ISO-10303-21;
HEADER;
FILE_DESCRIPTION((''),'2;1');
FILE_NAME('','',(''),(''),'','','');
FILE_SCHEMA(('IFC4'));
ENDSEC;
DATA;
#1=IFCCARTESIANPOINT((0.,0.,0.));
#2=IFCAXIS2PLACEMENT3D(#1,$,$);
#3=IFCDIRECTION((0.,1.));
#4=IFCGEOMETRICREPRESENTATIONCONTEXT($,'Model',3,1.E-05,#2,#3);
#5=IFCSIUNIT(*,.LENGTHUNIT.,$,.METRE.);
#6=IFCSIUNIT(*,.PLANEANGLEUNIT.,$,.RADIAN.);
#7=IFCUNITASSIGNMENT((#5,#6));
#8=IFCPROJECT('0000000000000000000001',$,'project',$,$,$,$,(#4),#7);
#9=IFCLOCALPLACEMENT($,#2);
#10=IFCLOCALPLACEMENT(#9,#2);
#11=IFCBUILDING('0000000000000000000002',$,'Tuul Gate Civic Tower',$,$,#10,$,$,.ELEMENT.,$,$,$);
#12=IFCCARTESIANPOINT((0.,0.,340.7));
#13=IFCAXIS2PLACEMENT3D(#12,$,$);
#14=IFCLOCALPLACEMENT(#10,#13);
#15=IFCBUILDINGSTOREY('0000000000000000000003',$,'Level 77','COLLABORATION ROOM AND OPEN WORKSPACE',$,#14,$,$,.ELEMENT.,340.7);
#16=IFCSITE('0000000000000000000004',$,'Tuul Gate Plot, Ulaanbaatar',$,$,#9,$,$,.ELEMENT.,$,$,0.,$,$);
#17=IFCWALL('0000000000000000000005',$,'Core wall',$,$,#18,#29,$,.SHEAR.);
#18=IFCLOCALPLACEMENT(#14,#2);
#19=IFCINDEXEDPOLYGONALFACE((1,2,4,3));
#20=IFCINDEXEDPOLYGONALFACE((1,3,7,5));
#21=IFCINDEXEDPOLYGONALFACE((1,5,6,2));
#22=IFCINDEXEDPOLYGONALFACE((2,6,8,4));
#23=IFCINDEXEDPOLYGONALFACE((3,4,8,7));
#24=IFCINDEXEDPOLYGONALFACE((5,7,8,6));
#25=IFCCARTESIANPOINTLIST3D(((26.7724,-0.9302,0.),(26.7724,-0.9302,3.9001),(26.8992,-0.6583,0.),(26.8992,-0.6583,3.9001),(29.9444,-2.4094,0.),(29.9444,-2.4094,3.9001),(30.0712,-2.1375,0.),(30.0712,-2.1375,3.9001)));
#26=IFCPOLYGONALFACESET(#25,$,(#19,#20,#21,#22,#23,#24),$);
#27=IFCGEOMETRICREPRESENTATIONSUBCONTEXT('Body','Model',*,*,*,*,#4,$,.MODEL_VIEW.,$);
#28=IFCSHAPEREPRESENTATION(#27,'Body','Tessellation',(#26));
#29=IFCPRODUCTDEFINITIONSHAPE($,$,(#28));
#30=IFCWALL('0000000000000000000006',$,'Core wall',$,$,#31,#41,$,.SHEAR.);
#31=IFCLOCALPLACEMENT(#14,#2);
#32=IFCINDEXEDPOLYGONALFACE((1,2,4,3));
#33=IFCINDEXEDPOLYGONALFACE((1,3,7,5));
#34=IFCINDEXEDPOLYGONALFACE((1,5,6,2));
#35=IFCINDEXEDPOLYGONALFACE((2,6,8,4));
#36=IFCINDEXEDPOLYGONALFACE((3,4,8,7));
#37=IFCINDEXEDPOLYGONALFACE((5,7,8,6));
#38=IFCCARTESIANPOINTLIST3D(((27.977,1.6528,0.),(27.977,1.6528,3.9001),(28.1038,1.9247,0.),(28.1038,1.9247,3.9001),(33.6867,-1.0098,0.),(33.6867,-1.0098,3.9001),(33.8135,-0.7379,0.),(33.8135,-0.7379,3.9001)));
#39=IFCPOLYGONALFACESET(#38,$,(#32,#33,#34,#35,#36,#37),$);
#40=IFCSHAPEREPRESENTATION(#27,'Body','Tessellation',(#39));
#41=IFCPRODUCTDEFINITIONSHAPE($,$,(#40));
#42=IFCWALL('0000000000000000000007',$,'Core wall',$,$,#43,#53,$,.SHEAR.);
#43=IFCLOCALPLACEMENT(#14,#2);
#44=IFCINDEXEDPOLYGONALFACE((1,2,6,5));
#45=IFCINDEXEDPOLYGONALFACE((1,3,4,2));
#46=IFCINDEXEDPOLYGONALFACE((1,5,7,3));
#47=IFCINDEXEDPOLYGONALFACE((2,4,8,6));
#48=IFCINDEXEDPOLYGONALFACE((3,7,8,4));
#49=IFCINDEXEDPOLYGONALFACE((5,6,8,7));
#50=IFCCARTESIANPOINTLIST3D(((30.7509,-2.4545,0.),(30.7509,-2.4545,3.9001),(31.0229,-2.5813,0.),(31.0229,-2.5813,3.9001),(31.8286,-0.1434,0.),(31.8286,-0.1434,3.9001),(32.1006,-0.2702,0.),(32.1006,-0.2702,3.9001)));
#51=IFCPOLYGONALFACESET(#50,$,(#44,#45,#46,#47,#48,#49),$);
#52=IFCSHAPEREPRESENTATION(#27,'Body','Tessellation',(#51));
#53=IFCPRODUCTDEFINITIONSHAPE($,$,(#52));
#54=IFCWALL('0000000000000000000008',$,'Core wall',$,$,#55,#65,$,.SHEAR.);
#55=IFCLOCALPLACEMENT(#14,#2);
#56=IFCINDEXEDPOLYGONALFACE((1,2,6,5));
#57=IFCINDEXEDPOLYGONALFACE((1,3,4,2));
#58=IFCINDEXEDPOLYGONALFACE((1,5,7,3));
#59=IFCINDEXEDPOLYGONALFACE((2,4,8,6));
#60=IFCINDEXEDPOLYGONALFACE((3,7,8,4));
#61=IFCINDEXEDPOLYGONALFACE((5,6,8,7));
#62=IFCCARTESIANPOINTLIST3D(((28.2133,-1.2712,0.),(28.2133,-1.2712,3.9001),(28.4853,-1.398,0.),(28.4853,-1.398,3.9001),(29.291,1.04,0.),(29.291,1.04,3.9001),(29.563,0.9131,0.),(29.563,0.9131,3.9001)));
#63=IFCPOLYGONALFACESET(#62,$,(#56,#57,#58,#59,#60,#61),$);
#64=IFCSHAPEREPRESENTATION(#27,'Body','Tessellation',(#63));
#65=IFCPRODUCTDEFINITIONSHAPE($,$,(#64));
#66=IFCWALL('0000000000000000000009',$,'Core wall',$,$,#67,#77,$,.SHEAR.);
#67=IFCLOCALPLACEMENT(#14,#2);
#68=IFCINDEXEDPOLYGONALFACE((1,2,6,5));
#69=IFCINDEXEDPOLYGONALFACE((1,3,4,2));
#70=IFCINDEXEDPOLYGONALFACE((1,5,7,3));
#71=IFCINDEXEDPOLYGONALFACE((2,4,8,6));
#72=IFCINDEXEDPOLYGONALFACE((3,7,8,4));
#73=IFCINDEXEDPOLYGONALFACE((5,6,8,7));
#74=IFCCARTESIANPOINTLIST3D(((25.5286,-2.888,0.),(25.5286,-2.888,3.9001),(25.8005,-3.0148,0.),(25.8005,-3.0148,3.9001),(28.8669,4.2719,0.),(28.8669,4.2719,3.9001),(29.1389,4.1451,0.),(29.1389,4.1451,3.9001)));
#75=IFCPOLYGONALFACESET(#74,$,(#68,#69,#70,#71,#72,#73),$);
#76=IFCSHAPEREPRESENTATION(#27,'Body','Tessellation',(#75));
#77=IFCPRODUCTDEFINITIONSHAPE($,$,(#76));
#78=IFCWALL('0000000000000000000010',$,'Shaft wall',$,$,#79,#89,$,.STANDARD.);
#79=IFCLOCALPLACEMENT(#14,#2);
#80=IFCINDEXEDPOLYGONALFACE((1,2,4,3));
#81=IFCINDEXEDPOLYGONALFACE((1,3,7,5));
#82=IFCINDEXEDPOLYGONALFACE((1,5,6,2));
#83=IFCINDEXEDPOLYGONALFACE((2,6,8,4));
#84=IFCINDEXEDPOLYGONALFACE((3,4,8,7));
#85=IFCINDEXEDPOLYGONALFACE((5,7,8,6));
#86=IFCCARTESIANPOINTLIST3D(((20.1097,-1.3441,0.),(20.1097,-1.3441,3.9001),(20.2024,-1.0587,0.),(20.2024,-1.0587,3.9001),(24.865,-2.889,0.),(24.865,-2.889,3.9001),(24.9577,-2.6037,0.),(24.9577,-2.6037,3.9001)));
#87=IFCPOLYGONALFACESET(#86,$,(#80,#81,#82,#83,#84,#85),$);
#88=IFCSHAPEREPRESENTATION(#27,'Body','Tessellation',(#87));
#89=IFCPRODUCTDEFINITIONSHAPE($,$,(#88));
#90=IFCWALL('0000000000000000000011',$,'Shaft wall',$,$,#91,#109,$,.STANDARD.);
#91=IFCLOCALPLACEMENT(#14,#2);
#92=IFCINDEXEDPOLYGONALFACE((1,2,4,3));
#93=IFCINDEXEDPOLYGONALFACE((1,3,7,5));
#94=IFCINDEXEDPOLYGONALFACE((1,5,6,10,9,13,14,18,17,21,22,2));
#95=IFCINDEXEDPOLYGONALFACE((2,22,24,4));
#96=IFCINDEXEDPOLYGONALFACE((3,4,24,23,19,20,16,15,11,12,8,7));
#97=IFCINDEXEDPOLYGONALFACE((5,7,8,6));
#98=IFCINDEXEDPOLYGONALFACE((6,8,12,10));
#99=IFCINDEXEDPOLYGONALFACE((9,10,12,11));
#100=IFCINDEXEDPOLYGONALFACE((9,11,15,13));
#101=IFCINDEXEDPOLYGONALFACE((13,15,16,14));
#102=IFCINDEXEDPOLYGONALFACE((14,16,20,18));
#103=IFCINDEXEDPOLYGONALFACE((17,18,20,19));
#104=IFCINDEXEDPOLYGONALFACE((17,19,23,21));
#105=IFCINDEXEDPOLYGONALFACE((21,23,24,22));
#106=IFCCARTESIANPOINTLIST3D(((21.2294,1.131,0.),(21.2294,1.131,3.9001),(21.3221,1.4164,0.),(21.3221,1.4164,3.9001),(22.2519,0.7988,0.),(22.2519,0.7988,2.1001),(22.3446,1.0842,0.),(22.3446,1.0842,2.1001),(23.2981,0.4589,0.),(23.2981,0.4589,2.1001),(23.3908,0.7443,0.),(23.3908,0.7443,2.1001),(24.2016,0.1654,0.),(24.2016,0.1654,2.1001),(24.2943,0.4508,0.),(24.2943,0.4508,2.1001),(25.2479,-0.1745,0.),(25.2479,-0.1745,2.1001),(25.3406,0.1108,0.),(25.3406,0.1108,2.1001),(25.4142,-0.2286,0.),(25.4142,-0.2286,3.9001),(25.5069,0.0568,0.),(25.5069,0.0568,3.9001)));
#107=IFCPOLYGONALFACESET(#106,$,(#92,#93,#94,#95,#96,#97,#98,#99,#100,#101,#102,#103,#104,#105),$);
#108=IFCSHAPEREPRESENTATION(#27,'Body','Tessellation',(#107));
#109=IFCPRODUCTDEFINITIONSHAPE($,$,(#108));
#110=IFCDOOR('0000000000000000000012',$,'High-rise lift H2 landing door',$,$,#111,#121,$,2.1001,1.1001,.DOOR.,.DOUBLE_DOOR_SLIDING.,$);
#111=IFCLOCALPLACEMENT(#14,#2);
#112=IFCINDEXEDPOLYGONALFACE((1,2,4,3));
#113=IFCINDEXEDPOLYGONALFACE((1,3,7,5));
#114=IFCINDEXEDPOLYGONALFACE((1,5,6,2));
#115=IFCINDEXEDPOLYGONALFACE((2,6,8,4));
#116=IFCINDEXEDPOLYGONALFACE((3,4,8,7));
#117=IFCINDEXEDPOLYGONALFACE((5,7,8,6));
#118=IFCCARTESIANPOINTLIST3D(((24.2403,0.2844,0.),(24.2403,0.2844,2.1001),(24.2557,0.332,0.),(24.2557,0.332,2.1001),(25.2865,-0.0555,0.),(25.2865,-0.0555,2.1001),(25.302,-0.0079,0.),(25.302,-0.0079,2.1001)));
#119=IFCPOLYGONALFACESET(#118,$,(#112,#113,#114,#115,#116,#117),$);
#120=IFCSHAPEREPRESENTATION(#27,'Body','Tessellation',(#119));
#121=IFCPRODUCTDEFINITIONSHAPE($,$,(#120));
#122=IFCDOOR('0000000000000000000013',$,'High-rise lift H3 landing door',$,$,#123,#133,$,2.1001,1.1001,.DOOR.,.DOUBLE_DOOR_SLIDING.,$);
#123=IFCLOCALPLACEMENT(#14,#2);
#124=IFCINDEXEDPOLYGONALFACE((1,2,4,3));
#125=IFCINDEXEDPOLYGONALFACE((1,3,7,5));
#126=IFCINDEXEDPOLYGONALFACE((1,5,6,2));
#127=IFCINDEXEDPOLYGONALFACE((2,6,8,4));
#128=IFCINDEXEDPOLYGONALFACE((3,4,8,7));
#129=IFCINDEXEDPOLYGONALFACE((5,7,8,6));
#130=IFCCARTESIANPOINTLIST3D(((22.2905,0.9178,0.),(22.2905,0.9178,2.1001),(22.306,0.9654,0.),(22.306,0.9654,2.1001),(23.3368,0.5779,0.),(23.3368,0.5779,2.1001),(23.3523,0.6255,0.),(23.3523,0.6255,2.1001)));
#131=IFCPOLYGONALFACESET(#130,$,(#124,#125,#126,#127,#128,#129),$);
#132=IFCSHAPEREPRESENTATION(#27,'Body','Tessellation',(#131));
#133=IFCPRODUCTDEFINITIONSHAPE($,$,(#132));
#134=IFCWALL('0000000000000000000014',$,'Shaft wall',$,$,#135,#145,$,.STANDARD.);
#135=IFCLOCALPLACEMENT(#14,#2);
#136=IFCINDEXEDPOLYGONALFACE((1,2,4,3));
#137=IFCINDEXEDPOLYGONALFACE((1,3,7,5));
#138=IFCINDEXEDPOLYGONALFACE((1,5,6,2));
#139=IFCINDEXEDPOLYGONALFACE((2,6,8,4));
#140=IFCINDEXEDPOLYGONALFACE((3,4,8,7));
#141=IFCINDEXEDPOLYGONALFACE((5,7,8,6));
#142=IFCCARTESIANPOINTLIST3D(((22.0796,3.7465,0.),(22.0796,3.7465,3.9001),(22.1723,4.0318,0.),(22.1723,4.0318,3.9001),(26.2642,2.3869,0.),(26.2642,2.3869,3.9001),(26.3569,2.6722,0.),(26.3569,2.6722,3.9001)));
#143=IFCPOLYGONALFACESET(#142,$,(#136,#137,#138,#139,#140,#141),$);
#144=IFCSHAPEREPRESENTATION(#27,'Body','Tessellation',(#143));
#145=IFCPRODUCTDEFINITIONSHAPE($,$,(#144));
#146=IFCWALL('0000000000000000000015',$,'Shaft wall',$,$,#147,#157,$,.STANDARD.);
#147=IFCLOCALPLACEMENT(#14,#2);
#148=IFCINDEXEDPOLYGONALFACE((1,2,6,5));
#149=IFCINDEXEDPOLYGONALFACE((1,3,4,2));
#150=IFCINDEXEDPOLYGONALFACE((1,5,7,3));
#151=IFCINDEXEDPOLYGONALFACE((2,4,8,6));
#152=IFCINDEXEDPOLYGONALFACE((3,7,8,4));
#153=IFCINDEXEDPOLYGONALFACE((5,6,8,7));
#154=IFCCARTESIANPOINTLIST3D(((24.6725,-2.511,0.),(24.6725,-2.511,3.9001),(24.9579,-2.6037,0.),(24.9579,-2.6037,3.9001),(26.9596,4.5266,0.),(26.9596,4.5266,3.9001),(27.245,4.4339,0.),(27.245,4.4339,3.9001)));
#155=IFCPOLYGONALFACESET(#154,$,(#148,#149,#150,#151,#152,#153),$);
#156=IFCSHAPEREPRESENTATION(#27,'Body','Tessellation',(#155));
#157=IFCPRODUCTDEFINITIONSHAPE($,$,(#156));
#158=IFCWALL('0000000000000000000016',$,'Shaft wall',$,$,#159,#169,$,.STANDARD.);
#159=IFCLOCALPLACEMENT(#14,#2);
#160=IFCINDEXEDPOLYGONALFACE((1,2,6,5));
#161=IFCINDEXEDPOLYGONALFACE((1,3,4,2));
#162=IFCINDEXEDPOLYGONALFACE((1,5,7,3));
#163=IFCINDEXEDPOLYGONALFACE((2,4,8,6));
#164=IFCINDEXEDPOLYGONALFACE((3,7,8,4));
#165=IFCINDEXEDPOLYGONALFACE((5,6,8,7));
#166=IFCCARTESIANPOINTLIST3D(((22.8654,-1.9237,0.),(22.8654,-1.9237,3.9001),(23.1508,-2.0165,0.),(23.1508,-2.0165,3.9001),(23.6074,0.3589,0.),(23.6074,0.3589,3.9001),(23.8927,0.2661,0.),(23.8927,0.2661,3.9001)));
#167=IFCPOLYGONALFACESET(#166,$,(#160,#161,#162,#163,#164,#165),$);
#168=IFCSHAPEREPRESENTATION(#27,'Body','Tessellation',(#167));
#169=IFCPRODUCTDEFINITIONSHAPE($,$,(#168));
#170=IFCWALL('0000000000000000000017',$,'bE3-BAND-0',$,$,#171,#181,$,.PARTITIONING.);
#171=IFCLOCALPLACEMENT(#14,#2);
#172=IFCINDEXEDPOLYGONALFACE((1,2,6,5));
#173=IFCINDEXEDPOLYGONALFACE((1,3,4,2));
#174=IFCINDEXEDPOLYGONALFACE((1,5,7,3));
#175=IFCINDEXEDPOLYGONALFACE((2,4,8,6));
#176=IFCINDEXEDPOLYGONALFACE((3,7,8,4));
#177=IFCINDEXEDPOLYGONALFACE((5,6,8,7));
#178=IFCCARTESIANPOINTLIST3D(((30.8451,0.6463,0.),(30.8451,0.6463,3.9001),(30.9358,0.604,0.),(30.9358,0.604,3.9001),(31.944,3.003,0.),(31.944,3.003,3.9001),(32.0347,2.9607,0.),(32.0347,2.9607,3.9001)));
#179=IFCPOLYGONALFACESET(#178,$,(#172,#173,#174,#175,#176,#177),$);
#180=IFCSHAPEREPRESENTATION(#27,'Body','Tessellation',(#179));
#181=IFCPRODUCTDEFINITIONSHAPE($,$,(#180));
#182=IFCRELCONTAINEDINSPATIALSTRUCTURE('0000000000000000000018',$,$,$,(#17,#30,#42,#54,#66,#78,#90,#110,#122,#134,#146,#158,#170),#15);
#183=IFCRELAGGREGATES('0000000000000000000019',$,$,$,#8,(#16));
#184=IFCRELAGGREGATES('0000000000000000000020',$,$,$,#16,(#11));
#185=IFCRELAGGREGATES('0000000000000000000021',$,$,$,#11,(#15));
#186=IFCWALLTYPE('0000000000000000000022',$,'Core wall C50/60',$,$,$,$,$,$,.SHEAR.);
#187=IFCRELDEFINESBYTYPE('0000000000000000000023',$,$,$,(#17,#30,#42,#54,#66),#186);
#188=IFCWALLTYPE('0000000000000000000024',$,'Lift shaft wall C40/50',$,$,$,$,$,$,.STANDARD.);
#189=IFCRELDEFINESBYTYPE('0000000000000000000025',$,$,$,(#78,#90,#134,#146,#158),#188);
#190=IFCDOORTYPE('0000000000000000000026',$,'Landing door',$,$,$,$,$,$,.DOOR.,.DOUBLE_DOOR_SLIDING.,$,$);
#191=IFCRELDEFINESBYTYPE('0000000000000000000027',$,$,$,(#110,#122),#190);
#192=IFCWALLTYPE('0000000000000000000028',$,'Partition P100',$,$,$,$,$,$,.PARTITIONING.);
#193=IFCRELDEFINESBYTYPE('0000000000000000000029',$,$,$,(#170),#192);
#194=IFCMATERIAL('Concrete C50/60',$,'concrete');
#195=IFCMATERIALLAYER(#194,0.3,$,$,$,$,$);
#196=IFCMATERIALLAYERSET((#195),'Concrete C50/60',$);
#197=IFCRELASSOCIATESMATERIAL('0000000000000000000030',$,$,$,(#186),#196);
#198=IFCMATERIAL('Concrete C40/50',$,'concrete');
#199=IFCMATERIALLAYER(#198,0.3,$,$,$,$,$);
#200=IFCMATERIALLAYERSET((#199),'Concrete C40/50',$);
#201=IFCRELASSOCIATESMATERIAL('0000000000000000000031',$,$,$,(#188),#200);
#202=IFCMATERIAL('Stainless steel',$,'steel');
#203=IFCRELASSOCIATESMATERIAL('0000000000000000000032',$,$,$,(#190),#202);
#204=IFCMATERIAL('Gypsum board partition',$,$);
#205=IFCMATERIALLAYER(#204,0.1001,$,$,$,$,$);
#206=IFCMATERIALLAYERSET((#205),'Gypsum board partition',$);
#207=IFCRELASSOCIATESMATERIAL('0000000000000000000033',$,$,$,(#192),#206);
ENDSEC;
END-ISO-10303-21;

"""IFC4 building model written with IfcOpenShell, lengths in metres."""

from ifc_helpers import new_model, si_unit, direction, frame, frame_2d, origin, place, context, subcontext, project, spatial, rectangle, extrude, material, layer, layer_set, type_object, element, fill, save


model = new_model("IFC4")

# Units and contexts
model_context = context("Model", 3, precision=1e-05, world=origin(), true_north=direction((0.0, 1.0)))
body_context = subcontext(model_context, "Body", "Model", "MODEL_VIEW")
ifc_project = project(units=[si_unit("LENGTHUNIT", "METRE"), si_unit("PLANEANGLEUNIT", "RADIAN")], contexts=[model_context])

# Site, building, storey
site_placement = place(None, origin())
site = spatial("IfcSite", under=ifc_project, at=site_placement, Name="Tuul Gate Plot, Ulaanbaatar", CompositionType="ELEMENT", RefElevation=0.0)
building_placement = place(site_placement, origin())
building = spatial("IfcBuilding", under=site, at=building_placement, Name="Tuul Gate Civic Tower", CompositionType="ELEMENT")
storey_placement = place(building_placement, frame((0.0, 0.0, 340.7)))
storey = spatial("IfcBuildingStorey", under=building, at=storey_placement, Name="Level 77", Description="COLLABORATION ROOM AND OPEN WORKSPACE", CompositionType="ELEMENT", Elevation=340.7)

# Walls
ifc_material_1 = material(Name="Concrete C50/60", Category="concrete")
ifc_layer_1 = layer(ifc_material_1, 0.3)
ifc_layer_set_1 = layer_set([ifc_layer_1], Name="Concrete C50/60")
wall_type_1 = type_object("IfcWallType", Name="Core wall C50/60", PredefinedType="SHEAR", material=ifc_layer_set_1)
wall_1_placement = place(storey_placement, frame((30.0078, -2.2734, 0.0), z_axis=(0.0, 0.0, 1.0), x_axis=(-0.906301, 0.422633, 0.0)))
element("IfcWall", 1, at=wall_1_placement, inside=storey, type_object=wall_type_1, Name="Core wall", PredefinedType="SHEAR", context=body_context, shape_type="SweptSolid", body=[
    extrude(rectangle(XDim=3.5, YDim=0.3, at=frame_2d((1.75, 0.0))), origin(), (0.0, 0.0, 1.0), 3.9001),
])
wall_2_placement = place(storey_placement, frame((33.75, -0.8738, 0.0), z_axis=(0.0, 0.0, 1.0), x_axis=(-0.906301, 0.422633, 0.0)))
element("IfcWall", 2, at=wall_2_placement, inside=storey, type_object=wall_type_1, Name="Core wall", PredefinedType="SHEAR", context=body_context, shape_type="SweptSolid", body=[
    extrude(rectangle(XDim=6.3, YDim=0.3, at=frame_2d((3.1499, 0.0))), origin(), (0.0, 0.0, 1.0), 3.9001),
])
for number, where, z_axis, x_axis, name in (
    (3, (30.887, -2.5178, 0.0), (0.0, 0.0, 1.0), (0.422613, 0.90631, 0.0), "Core wall"),
    (4, (28.3494, -1.3345, 0.0), (0.0, 0.0, 1.0), (0.422613, 0.90631, 0.0), "Core wall"),
):
    element("IfcWall", number, at=place(storey_placement, frame(where, z_axis=z_axis, x_axis=x_axis)), inside=storey, type_object=wall_type_1, Name=name, PredefinedType="SHEAR", context=body_context, shape_type="SweptSolid", body=[
        extrude(rectangle(XDim=2.55, YDim=0.3, at=frame_2d((1.2749, 0.0))), origin(), (0.0, 0.0, 1.0), 3.9001),
    ])
wall_3_placement = place(storey_placement, frame((25.6646, -2.9514, 0.0), z_axis=(0.0, 0.0, 1.0), x_axis=(0.422583, 0.906324, 0.0)))
element("IfcWall", 5, at=wall_3_placement, inside=storey, type_object=wall_type_1, Name="Core wall", PredefinedType="SHEAR", context=body_context, shape_type="SweptSolid", body=[
    extrude(rectangle(XDim=7.8999, YDim=0.3, at=frame_2d((3.95, 0.0))), origin(), (0.0, 0.0, 1.0), 3.9001),
])
ifc_material_2 = material(Name="Concrete C40/50", Category="concrete")
ifc_layer_2 = layer(ifc_material_2, 0.3)
ifc_layer_set_2 = layer_set([ifc_layer_2], Name="Concrete C40/50")
wall_type_2 = type_object("IfcWallType", Name="Lift shaft wall C40/50", PredefinedType="STANDARD", material=ifc_layer_set_2)
wall_4_placement = place(storey_placement, frame((24.9114, -2.7463, 0.0), z_axis=(0.0, 0.0, 1.0), x_axis=(-0.951068, 0.308982, 0.0)))
element("IfcWall", 6, at=wall_4_placement, inside=storey, type_object=wall_type_2, Name="Shaft wall", PredefinedType="STANDARD", context=body_context, shape_type="SweptSolid", body=[
    extrude(rectangle(XDim=5.0, YDim=0.3, at=frame_2d((2.5, 0.0))), origin(), (0.0, 0.0, 1.0), 3.9001),
])

# Wall, openings, doors
wall_5_placement = place(storey_placement, frame((25.4607, -0.0859, 0.0), z_axis=(0.0, 0.0, 1.0), x_axis=(-0.951064, 0.308994, 0.0)))
wall_5 = element("IfcWall", 7, at=wall_5_placement, inside=storey, type_object=wall_type_2, Name="Shaft wall", PredefinedType="STANDARD", context=body_context, shape_type="SweptSolid", body=[
    extrude(rectangle(XDim=4.4001, YDim=0.3, at=frame_2d((2.2002, 0.0))), origin(), (0.0, 0.0, 1.0), 3.9001),
])
opening_1_placement = place(wall_5_placement, frame((0.175, 0.0, 0.0)))
opening_1 = element("IfcOpeningElement", 8, at=opening_1_placement, cuts=wall_5, PredefinedType="OPENING", context=body_context, shape_type="SweptSolid", body=[
    extrude(rectangle(XDim=1.1001, YDim=2.1001, at=frame_2d((0.55, 1.05))), frame((0.0, 0.1602, 0.0), z_axis=(0.0, -1.0, 0.0), x_axis=(1.0, 0.0, 0.0)), (0.0, 0.0, 1.0), 0.3201),
])
opening_2_placement = place(wall_5_placement, frame((2.2251, 0.0, 0.0)))
opening_2 = element("IfcOpeningElement", 9, at=opening_2_placement, cuts=wall_5, PredefinedType="OPENING", context=body_context, shape_type="SweptSolid", body=[
    extrude(rectangle(XDim=1.1001, YDim=2.1001, at=frame_2d((0.55, 1.05))), frame((0.0, 0.1602, 0.0), z_axis=(0.0, -1.0, 0.0), x_axis=(1.0, 0.0, 0.0)), (0.0, 0.0, 1.0), 0.3201),
])
ifc_material_3 = material(Name="Stainless steel", Category="steel")
door_type = type_object("IfcDoorType", Name="Landing door", OperationType="DOUBLE_DOOR_SLIDING", PredefinedType="DOOR", material=ifc_material_3)
door_1_placement = place(opening_1_placement, origin())
door_1 = element("IfcDoor", 10, at=door_1_placement, inside=storey, type_object=door_type, Name="High-rise lift H2 landing door", OperationType="DOUBLE_DOOR_SLIDING", OverallHeight=2.1001, OverallWidth=1.1001, PredefinedType="DOOR", context=body_context, shape_type="SweptSolid", body=[
    extrude(rectangle(XDim=1.1001, YDim=2.1001, at=frame_2d((0.55, 1.05))), frame((0.0, 0.0249, 0.0), z_axis=(0.0, -1.0, 0.0), x_axis=(1.0, 0.0, 0.0)), (0.0, 0.0, 1.0), 0.05),
])
fill(opening_1, door_1)
door_2_placement = place(opening_2_placement, origin())
door_2 = element("IfcDoor", 11, at=door_2_placement, inside=storey, type_object=door_type, Name="High-rise lift H3 landing door", OperationType="DOUBLE_DOOR_SLIDING", OverallHeight=2.1001, OverallWidth=1.1001, PredefinedType="DOOR", context=body_context, shape_type="SweptSolid", body=[
    extrude(rectangle(XDim=1.1001, YDim=2.1001, at=frame_2d((0.55, 1.05))), frame((0.0, 0.0249, 0.0), z_axis=(0.0, -1.0, 0.0), x_axis=(1.0, 0.0, 0.0)), (0.0, 0.0, 1.0), 0.05),
])
fill(opening_2, door_2)

# Walls
wall_6_placement = place(storey_placement, frame((26.3105, 2.5295, 0.0), z_axis=(0.0, 0.0, 1.0), x_axis=(-0.951059, 0.309011, 0.0)))
element("IfcWall", 12, at=wall_6_placement, inside=storey, type_object=wall_type_2, Name="Shaft wall", PredefinedType="STANDARD", context=body_context, shape_type="SweptSolid", body=[
    extrude(rectangle(XDim=4.3999, YDim=0.3, at=frame_2d((2.2, 0.0))), origin(), (0.0, 0.0, 1.0), 3.9001),
])
wall_7_placement = place(storey_placement, frame((24.8152, -2.5574, 0.0), z_axis=(0.0, 0.0, 1.0), x_axis=(0.309073, 0.951038, 0.0)))
element("IfcWall", 13, at=wall_7_placement, inside=storey, type_object=wall_type_2, Name="Shaft wall", PredefinedType="STANDARD", context=body_context, shape_type="SweptSolid", body=[
    extrude(rectangle(XDim=7.3999, YDim=0.3, at=frame_2d((3.7, 0.0))), origin(), (0.0, 0.0, 1.0), 3.9001),
])
wall_8_placement = place(storey_placement, frame((23.0081, -1.9702, 0.0), z_axis=(0.0, 0.0, 1.0), x_axis=(0.309139, 0.951017, 0.0)))
element("IfcWall", 14, at=wall_8_placement, inside=storey, type_object=wall_type_2, Name="Shaft wall", PredefinedType="STANDARD", context=body_context, shape_type="SweptSolid", body=[
    extrude(rectangle(XDim=2.4001, YDim=0.3, at=frame_2d((1.2002, 0.0))), origin(), (0.0, 0.0, 1.0), 3.9001),
])
ifc_material_4 = material(Name="Gypsum board partition")
ifc_layer_3 = layer(ifc_material_4, 0.1001)
ifc_layer_set_3 = layer_set([ifc_layer_3], Name="Gypsum board partition")
wall_type_3 = type_object("IfcWallType", Name="Partition P100", PredefinedType="PARTITIONING", material=ifc_layer_set_3)
wall_9_placement = place(storey_placement, frame((30.8904, 0.625, 0.0), z_axis=(0.0, 0.0, 1.0), x_axis=(0.422598, 0.906317, 0.0)))
element("IfcWall", 15, at=wall_9_placement, inside=storey, type_object=wall_type_3, Name="bE3-BAND-0", PredefinedType="PARTITIONING", context=body_context, shape_type="SweptSolid", body=[
    extrude(rectangle(XDim=2.6003, YDim=0.1001, at=frame_2d((1.3003, 0.0))), origin(), (0.0, 0.0, 1.0), 3.9001),
])

save(model, "model.ifc")
